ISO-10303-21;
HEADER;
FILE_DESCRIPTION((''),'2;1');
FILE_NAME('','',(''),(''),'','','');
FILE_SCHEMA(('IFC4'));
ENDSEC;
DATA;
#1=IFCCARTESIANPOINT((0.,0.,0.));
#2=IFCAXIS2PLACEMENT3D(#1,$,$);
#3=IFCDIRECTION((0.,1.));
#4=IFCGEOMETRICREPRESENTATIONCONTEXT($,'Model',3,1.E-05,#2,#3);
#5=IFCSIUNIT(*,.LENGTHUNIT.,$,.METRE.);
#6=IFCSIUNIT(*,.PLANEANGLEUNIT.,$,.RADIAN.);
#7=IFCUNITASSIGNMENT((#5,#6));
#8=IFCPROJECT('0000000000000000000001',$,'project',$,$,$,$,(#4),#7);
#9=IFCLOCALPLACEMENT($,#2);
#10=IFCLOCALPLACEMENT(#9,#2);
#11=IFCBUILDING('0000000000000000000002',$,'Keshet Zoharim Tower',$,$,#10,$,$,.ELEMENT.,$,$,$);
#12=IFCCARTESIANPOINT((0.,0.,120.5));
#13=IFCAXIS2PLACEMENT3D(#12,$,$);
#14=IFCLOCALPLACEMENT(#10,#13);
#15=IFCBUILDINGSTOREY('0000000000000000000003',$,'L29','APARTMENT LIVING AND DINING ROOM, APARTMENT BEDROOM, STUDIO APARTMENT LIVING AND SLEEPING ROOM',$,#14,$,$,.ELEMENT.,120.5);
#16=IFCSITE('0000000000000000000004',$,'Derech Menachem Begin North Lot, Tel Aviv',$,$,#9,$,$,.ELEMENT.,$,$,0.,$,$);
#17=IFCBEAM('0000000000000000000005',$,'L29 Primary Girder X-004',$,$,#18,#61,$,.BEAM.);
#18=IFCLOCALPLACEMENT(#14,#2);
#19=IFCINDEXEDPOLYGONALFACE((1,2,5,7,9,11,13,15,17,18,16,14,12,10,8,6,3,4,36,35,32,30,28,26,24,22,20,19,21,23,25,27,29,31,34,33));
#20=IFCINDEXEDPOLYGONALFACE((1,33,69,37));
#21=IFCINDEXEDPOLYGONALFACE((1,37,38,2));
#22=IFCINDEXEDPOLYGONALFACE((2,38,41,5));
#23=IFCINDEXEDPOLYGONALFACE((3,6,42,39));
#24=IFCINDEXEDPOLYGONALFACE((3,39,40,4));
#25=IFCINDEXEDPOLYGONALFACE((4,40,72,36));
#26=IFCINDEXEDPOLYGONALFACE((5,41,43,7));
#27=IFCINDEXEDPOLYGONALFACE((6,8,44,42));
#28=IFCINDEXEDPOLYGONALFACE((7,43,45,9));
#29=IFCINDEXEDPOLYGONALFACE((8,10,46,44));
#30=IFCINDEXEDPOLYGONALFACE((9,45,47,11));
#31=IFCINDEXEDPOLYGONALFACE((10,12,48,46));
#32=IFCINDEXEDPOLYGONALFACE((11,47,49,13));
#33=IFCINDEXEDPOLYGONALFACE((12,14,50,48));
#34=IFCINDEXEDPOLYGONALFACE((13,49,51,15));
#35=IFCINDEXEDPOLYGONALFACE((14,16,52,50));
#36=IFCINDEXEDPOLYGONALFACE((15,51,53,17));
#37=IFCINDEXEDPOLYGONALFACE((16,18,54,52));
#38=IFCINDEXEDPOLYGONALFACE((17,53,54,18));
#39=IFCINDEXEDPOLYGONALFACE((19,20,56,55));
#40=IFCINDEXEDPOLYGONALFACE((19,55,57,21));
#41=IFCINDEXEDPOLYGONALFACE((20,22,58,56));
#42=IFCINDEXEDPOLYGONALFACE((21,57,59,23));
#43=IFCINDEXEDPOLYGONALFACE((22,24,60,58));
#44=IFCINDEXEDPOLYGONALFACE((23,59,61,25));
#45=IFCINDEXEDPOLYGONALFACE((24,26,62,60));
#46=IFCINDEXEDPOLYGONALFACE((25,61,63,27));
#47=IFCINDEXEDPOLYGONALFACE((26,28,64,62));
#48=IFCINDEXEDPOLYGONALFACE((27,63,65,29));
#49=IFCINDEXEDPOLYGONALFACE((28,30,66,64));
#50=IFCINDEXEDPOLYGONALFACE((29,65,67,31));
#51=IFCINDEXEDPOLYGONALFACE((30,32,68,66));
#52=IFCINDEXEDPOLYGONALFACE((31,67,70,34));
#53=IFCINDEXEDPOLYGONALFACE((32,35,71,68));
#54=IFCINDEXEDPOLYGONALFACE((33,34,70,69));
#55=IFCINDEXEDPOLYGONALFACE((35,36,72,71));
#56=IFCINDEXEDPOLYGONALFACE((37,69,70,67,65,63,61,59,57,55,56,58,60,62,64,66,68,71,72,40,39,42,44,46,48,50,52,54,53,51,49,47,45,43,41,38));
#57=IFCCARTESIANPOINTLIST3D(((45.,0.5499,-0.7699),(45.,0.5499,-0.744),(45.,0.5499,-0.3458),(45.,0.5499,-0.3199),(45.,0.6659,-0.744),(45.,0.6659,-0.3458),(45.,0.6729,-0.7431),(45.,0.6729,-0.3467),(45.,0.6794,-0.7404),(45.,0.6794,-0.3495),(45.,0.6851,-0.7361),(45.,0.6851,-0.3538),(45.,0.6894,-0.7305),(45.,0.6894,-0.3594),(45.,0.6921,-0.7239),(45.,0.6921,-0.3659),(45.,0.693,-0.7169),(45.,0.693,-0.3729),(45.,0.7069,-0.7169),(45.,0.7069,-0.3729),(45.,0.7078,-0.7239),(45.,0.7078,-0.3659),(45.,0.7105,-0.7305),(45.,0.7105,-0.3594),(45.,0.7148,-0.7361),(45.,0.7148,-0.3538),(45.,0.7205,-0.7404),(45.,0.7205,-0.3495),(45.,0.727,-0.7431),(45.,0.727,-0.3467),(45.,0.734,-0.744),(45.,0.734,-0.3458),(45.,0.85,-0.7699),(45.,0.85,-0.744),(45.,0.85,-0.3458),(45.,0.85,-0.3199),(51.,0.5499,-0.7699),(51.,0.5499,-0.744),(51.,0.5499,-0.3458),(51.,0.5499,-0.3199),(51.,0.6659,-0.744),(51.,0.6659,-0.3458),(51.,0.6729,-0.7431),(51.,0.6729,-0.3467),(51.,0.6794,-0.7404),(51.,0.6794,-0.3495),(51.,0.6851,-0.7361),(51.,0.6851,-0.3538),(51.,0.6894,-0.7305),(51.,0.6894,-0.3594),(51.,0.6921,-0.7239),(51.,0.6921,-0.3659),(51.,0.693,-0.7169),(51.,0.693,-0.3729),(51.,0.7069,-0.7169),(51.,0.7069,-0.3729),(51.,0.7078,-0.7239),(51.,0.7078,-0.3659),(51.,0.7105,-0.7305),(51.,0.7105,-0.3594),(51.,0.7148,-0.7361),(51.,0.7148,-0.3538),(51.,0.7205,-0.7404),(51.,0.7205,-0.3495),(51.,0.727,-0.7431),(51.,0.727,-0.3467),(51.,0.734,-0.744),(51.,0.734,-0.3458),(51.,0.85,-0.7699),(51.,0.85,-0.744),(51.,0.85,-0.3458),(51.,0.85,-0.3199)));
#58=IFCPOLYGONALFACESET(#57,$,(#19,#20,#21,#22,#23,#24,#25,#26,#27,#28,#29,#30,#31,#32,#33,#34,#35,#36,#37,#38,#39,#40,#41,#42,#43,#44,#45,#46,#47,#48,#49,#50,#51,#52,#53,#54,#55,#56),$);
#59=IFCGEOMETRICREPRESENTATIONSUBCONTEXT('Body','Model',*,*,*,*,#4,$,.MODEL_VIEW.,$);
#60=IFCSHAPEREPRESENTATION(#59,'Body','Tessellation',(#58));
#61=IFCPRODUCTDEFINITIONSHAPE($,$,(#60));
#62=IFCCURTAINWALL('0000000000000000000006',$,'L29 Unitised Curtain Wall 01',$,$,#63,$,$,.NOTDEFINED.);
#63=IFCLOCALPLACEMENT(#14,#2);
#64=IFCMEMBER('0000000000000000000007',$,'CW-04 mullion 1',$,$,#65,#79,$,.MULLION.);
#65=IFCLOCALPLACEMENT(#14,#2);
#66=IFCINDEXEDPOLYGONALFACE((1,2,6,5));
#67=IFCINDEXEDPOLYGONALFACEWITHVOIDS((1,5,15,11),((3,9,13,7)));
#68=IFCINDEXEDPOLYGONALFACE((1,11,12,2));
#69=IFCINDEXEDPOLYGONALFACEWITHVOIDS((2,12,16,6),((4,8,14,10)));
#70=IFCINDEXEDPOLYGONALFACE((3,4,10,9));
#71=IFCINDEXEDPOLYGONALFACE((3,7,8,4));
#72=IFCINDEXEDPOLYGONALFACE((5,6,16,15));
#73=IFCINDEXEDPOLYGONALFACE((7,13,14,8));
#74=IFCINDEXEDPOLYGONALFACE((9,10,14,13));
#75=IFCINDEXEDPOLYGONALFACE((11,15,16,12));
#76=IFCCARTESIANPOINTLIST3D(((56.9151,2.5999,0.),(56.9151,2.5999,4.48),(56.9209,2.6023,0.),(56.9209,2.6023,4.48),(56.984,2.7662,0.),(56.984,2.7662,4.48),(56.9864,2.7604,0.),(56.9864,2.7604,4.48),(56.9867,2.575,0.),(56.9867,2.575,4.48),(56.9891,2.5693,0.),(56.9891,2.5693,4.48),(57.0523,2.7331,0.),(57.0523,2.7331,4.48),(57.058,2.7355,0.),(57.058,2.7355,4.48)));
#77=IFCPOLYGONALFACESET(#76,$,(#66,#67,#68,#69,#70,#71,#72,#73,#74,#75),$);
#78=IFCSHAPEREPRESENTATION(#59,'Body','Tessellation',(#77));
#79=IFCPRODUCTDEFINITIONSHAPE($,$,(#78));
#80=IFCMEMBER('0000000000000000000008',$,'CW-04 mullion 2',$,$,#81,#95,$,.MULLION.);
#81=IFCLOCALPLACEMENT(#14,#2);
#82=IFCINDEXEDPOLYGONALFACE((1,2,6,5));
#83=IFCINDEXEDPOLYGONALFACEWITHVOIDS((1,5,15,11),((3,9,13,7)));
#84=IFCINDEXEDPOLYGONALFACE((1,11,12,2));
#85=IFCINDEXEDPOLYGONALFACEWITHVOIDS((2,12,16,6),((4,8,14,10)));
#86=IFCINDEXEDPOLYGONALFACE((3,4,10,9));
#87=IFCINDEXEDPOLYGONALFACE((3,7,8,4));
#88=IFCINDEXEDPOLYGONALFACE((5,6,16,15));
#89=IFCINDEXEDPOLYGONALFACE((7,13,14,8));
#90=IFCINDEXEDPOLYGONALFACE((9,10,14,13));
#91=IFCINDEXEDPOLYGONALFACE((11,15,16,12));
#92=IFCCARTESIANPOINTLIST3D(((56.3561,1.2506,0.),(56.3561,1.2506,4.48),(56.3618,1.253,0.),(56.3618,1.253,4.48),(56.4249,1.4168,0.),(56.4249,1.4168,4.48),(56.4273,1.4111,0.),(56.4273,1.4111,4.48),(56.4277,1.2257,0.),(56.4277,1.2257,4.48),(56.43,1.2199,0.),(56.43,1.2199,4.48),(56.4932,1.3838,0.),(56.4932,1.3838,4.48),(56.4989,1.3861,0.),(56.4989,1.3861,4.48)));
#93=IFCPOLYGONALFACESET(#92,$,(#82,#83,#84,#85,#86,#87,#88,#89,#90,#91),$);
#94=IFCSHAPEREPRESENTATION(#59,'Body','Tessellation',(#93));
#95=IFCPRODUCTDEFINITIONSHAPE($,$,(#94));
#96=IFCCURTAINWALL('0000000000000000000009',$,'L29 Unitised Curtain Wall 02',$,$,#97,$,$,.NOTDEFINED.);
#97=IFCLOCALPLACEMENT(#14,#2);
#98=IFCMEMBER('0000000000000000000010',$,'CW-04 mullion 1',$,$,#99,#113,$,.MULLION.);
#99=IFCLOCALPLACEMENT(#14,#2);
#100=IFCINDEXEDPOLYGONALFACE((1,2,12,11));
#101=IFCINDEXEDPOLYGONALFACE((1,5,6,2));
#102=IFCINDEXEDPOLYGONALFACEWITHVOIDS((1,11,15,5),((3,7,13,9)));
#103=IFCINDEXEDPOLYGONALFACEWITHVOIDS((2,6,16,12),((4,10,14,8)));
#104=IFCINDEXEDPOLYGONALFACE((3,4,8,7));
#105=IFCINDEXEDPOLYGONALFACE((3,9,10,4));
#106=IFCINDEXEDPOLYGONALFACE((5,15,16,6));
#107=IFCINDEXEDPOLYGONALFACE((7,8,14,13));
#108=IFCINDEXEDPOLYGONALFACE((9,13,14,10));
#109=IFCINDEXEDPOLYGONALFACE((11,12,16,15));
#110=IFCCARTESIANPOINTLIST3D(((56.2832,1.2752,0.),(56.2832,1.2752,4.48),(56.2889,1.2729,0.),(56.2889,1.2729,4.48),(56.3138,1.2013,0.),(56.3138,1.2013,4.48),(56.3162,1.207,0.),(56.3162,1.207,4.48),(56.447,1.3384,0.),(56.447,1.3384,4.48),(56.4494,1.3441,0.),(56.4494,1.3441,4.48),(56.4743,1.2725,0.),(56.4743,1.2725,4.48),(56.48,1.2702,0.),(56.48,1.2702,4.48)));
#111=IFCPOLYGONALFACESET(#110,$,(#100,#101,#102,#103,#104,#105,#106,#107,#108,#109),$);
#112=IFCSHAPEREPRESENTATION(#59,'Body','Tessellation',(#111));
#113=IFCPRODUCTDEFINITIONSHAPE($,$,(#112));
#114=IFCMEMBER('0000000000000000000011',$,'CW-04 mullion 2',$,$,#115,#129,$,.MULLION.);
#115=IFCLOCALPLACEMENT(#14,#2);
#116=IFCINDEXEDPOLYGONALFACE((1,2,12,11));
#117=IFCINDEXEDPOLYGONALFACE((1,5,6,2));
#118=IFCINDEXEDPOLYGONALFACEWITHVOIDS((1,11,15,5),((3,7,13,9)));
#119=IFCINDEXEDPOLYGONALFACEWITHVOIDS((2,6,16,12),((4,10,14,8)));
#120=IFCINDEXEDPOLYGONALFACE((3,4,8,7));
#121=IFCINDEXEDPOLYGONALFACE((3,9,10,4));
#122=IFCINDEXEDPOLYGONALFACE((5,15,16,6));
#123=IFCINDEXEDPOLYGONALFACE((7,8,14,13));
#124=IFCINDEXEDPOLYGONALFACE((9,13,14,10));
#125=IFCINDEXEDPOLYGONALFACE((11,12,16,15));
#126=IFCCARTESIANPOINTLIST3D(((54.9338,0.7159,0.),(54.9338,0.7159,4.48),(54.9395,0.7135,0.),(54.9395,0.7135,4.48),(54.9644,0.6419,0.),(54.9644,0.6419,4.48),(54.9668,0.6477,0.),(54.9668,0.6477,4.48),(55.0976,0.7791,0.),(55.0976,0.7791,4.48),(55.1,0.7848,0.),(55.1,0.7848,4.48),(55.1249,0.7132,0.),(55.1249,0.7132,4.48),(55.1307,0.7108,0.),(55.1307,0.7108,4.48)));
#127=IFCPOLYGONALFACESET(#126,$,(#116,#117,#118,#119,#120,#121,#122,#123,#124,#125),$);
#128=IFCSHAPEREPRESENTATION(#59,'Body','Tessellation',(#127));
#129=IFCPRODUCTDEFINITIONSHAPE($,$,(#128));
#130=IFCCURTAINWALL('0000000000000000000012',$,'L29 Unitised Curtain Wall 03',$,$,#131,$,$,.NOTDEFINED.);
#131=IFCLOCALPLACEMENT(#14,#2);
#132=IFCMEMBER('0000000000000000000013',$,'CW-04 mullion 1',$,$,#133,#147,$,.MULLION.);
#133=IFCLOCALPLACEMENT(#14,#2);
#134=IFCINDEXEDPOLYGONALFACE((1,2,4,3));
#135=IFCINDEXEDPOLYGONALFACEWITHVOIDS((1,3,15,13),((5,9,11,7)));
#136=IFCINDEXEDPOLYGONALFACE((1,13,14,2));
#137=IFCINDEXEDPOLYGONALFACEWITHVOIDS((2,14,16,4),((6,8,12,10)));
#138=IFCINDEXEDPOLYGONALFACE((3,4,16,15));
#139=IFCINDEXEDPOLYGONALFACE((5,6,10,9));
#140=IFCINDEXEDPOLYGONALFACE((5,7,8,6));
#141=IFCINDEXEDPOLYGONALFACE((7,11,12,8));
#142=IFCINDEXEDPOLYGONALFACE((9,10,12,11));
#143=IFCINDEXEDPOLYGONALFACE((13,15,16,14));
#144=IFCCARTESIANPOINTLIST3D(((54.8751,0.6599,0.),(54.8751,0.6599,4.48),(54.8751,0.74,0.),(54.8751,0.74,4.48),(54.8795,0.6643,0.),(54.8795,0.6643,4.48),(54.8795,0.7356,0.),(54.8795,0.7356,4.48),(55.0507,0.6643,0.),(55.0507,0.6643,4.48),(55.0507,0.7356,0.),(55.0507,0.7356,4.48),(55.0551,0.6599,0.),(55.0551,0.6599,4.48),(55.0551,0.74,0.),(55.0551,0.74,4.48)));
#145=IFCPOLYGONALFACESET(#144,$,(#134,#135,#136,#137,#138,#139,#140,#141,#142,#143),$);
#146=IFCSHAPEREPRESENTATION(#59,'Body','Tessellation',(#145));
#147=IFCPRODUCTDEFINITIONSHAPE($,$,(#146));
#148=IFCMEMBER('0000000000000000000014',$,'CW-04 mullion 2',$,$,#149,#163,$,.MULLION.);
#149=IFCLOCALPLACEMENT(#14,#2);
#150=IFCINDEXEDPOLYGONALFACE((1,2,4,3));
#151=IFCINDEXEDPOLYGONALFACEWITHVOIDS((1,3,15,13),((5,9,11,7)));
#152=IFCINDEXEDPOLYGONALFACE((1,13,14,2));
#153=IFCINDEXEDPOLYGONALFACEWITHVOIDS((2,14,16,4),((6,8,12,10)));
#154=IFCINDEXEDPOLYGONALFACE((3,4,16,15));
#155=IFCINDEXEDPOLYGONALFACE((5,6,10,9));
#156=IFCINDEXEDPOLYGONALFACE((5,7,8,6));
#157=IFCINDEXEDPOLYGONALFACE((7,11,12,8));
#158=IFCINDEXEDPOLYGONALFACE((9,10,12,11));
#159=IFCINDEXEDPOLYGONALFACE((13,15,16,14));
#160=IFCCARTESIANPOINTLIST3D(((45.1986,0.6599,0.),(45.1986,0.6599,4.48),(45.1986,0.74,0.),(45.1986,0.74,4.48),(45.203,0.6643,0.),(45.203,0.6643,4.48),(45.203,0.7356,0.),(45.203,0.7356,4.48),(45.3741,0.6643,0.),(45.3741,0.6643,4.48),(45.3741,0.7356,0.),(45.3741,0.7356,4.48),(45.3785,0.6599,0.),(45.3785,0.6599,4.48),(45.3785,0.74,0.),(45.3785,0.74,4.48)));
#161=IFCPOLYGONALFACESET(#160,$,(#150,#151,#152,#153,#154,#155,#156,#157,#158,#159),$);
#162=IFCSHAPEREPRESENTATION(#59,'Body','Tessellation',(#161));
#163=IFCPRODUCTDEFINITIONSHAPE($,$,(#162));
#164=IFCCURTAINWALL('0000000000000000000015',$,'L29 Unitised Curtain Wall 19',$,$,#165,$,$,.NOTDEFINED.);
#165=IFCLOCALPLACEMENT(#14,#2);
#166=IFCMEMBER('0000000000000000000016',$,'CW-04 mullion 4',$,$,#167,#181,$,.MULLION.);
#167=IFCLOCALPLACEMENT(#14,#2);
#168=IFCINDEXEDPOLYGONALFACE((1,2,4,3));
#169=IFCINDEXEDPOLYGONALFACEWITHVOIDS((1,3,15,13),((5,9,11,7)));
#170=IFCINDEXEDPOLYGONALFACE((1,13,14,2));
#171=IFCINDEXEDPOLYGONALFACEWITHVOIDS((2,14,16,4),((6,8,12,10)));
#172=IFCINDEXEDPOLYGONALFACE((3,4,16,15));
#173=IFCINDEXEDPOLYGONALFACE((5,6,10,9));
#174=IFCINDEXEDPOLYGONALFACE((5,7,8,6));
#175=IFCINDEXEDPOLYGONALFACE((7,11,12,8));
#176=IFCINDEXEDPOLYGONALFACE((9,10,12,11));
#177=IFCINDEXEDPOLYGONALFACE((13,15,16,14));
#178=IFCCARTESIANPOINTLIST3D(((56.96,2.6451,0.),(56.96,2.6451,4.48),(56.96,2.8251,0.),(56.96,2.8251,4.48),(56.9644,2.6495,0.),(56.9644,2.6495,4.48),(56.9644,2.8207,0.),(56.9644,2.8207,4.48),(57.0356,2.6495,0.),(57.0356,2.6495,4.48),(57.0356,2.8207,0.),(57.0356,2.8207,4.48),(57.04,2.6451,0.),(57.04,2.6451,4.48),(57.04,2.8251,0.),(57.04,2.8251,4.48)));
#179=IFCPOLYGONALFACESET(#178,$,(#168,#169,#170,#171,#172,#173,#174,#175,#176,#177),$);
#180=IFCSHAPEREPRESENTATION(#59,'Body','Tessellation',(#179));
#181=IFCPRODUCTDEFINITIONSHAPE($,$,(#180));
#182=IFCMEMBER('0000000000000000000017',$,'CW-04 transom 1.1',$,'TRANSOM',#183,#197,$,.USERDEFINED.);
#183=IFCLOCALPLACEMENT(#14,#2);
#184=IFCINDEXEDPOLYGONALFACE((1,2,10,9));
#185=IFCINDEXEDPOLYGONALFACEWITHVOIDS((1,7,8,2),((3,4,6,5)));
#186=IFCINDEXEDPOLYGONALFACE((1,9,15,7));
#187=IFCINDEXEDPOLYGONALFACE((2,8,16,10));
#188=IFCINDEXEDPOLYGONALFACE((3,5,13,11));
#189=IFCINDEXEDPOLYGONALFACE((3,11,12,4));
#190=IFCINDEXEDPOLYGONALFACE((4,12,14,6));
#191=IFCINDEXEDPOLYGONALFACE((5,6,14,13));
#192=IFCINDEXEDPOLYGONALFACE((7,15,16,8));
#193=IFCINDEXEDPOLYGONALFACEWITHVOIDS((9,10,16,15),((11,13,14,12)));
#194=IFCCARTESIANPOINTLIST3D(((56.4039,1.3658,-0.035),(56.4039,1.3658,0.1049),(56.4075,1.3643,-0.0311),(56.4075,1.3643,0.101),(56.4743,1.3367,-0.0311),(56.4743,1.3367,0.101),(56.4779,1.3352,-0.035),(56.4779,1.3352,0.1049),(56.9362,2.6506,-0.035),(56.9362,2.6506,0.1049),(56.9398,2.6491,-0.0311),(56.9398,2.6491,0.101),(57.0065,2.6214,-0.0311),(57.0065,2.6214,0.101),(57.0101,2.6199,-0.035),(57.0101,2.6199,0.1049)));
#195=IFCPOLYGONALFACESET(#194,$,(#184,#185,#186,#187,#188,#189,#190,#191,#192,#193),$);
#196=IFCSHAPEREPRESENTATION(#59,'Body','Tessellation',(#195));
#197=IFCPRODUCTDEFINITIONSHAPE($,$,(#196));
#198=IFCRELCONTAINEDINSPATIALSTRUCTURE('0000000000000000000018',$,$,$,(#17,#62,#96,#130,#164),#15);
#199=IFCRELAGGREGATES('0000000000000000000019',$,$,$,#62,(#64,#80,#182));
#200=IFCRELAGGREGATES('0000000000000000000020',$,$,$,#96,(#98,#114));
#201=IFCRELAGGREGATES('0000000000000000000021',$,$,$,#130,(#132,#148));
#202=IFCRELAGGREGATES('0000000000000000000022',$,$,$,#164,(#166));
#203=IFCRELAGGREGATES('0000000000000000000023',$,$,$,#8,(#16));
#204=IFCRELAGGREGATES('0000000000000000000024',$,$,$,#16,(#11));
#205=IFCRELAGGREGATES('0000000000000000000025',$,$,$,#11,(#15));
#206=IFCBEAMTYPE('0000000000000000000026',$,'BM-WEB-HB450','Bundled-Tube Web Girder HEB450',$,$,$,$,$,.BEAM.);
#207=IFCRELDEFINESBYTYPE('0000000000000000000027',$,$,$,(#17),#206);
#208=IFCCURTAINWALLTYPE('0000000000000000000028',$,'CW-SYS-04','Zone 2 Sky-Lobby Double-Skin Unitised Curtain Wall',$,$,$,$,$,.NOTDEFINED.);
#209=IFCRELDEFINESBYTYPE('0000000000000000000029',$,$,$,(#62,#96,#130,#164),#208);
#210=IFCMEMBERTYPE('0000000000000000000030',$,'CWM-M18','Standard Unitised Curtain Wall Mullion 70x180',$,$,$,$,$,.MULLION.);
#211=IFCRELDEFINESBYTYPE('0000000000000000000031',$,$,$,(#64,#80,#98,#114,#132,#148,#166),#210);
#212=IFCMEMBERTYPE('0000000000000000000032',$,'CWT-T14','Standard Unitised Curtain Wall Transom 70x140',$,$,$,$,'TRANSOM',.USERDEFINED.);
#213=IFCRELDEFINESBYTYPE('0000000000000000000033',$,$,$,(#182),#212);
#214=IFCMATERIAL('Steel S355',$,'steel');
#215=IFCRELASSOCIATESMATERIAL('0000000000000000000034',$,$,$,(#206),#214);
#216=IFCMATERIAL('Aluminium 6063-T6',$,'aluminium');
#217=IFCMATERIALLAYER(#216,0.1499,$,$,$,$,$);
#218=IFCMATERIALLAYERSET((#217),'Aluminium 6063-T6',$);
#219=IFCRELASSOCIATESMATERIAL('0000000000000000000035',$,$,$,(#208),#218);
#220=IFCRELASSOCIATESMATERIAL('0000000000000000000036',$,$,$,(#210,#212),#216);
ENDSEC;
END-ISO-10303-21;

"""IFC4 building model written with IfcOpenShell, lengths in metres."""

from ifc_helpers import new_model, si_unit, direction, frame, origin, origin_2d, place, context, subcontext, project, spatial, hollow_rectangle, i_section, extrude, material, layer, layer_set, material_profile, profile_set, type_object, element, aggregate, save


model = new_model("IFC4")

# Units and contexts
model_context = context("Model", 3, precision=1e-05, world=origin(), true_north=direction((0.0, 1.0)))
body_context = subcontext(model_context, "Body", "Model", "MODEL_VIEW")
ifc_project = project(units=[si_unit("LENGTHUNIT", "METRE"), si_unit("PLANEANGLEUNIT", "RADIAN")], contexts=[model_context])

# Site, building, storey
site_placement = place(None, origin())
site = spatial("IfcSite", under=ifc_project, at=site_placement, Name="Derech Menachem Begin North Lot, Tel Aviv", CompositionType="ELEMENT", RefElevation=0.0)
building_placement = place(site_placement, origin())
building = spatial("IfcBuilding", under=site, at=building_placement, Name="Keshet Zoharim Tower", CompositionType="ELEMENT")
storey_placement = place(building_placement, frame((0.0, 0.0, 120.5)))
storey = spatial("IfcBuildingStorey", under=building, at=storey_placement, Name="L29", Description="APARTMENT LIVING AND DINING ROOM, APARTMENT BEDROOM, STUDIO APARTMENT LIVING AND SLEEPING ROOM", CompositionType="ELEMENT", Elevation=120.5)

# Shared definitions
ifc_material_1 = material(Name="Steel S355", Category="steel")

# Beam
ifc_material_profile_1 = material_profile(ifc_material_1, i_section(OverallWidth=0.3, OverallDepth=0.45, WebThickness=0.0139, FlangeThickness=0.0259, FilletRadius=0.0271, at=origin_2d()), Name="HEB450")
ifc_profile_set_1 = profile_set([ifc_material_profile_1], Name="Steel S355")
beam_type_1 = type_object("IfcBeamType", Name="BM-WEB-HB450", Description="Bundled-Tube Web Girder HEB450", PredefinedType="BEAM", material=ifc_profile_set_1)
beam_1_placement = place(storey_placement, frame((45.0, 0.7, -0.5449), z_axis=(1.0, 0.0, 0.0), x_axis=(0.0, 1.0, 0.0)))
element("IfcBeam", 1, at=beam_1_placement, inside=storey, type_object=beam_type_1, Name="L29 Primary Girder X-004", PredefinedType="BEAM", context=body_context, shape_type="SweptSolid", body=[
    extrude(i_section(OverallWidth=0.3, OverallDepth=0.45, WebThickness=0.0139, FlangeThickness=0.0259, FilletRadius=0.0271, at=origin_2d()), origin(), (0.0, 0.0, 1.0), 6.0),
])

# Curtain walls, members
ifc_material_2 = material(Name="Aluminium 6063-T6", Category="aluminium")
ifc_layer_1 = layer(ifc_material_2, 0.1499)
ifc_layer_set_1 = layer_set([ifc_layer_1], Name="Aluminium 6063-T6")
curtain_wall_type = type_object("IfcCurtainWallType", Name="CW-SYS-04", Description="Zone 2 Sky-Lobby Double-Skin Unitised Curtain Wall", PredefinedType="NOTDEFINED", material=ifc_layer_set_1)
curtain_wall_1_placement = place(storey_placement, origin())
curtain_wall_1 = element("IfcCurtainWall", 2, at=curtain_wall_1_placement, inside=storey, type_object=curtain_wall_type, Name="L29 Unitised Curtain Wall 01", PredefinedType="NOTDEFINED")
ifc_material_profile_2 = material_profile(ifc_material_2, hollow_rectangle(XDim=0.0801, YDim=0.1799, WallThickness=0.0044, at=origin_2d()), Name="MUL-80x180")
ifc_profile_set_2 = profile_set([ifc_material_profile_2], Name="Aluminium 6063-T6")
member_type_1 = type_object("IfcMemberType", Name="CWM-M18", Description="Standard Unitised Curtain Wall Mullion 70x180", PredefinedType="MULLION", material=ifc_profile_set_2)
member_1_placement = place(storey_placement, frame((56.9866, 2.6677, 0.0), z_axis=(0.0, 0.0, 1.0), x_axis=(0.92381, -0.382852, 0.0)))
member_1 = element("IfcMember", 3, at=member_1_placement, type_object=member_type_1, Name="CW-04 mullion 1", PredefinedType="MULLION", context=body_context, shape_type="SweptSolid", body=[
    extrude(hollow_rectangle(XDim=0.0801, YDim=0.1799, WallThickness=0.0044, at=origin_2d()), origin(), (0.0, 0.0, 1.0), 4.48),
])
member_2_placement = place(storey_placement, frame((56.4275, 1.3184, 0.0), z_axis=(0.0, 0.0, 1.0), x_axis=(0.92381, -0.382852, 0.0)))
member_2 = element("IfcMember", 4, at=member_2_placement, type_object=member_type_1, Name="CW-04 mullion 2", PredefinedType="MULLION", context=body_context, shape_type="SweptSolid", body=[
    extrude(hollow_rectangle(XDim=0.0801, YDim=0.1799, WallThickness=0.0044, at=origin_2d()), origin(), (0.0, 0.0, 1.0), 4.48),
])
curtain_wall_2_placement = place(storey_placement, origin())
curtain_wall_2 = element("IfcCurtainWall", 5, at=curtain_wall_2_placement, inside=storey, type_object=curtain_wall_type, Name="L29 Unitised Curtain Wall 02", PredefinedType="NOTDEFINED")
member_3_placement = place(storey_placement, frame((56.3816, 1.2727, 0.0), z_axis=(0.0, 0.0, 1.0), x_axis=(0.382852, -0.92381, 0.0)))
member_3 = element("IfcMember", 6, at=member_3_placement, type_object=member_type_1, Name="CW-04 mullion 1", PredefinedType="MULLION", context=body_context, shape_type="SweptSolid", body=[
    extrude(hollow_rectangle(XDim=0.0801, YDim=0.1799, WallThickness=0.0044, at=origin_2d()), origin(), (0.0, 0.0, 1.0), 4.48),
])
member_4_placement = place(storey_placement, frame((55.0322, 0.7134, 0.0), z_axis=(0.0, 0.0, 1.0), x_axis=(0.382852, -0.92381, 0.0)))
member_4 = element("IfcMember", 7, at=member_4_placement, type_object=member_type_1, Name="CW-04 mullion 2", PredefinedType="MULLION", context=body_context, shape_type="SweptSolid", body=[
    extrude(hollow_rectangle(XDim=0.0801, YDim=0.1799, WallThickness=0.0044, at=origin_2d()), origin(), (0.0, 0.0, 1.0), 4.48),
])
curtain_wall_3_placement = place(storey_placement, origin())
curtain_wall_3 = element("IfcCurtainWall", 8, at=curtain_wall_3_placement, inside=storey, type_object=curtain_wall_type, Name="L29 Unitised Curtain Wall 03", PredefinedType="NOTDEFINED")
member_5_placement = place(storey_placement, frame((54.9651, 0.7, 0.0), z_axis=(0.0, 0.0, 1.0), x_axis=(0.0, -1.0, 0.0)))
member_5 = element("IfcMember", 9, at=member_5_placement, type_object=member_type_1, Name="CW-04 mullion 1", PredefinedType="MULLION", context=body_context, shape_type="SweptSolid", body=[
    extrude(hollow_rectangle(XDim=0.0801, YDim=0.1799, WallThickness=0.0044, at=origin_2d()), origin(), (0.0, 0.0, 1.0), 4.48),
])
member_6_placement = place(storey_placement, frame((45.2886, 0.7, 0.0), z_axis=(0.0, 0.0, 1.0), x_axis=(0.0, -1.0, 0.0)))
member_6 = element("IfcMember", 10, at=member_6_placement, type_object=member_type_1, Name="CW-04 mullion 2", PredefinedType="MULLION", context=body_context, shape_type="SweptSolid", body=[
    extrude(hollow_rectangle(XDim=0.0801, YDim=0.1799, WallThickness=0.0044, at=origin_2d()), origin(), (0.0, 0.0, 1.0), 4.48),
])

# Curtain wall, member
curtain_wall_4_placement = place(storey_placement, origin())
curtain_wall_4 = element("IfcCurtainWall", 11, at=curtain_wall_4_placement, inside=storey, type_object=curtain_wall_type, Name="L29 Unitised Curtain Wall 19", PredefinedType="NOTDEFINED")
member_7_placement = place(storey_placement, frame((57.0, 2.7351, 0.0), z_axis=(0.0, 0.0, 1.0), x_axis=(1.0, 0.0, 0.0)))
member_7 = element("IfcMember", 12, at=member_7_placement, type_object=member_type_1, Name="CW-04 mullion 4", PredefinedType="MULLION", context=body_context, shape_type="SweptSolid", body=[
    extrude(hollow_rectangle(XDim=0.0801, YDim=0.1799, WallThickness=0.0044, at=origin_2d()), origin(), (0.0, 0.0, 1.0), 4.48),
])

# Member
ifc_material_profile_3 = material_profile(ifc_material_2, hollow_rectangle(XDim=0.0801, YDim=0.1399, WallThickness=0.0039, at=origin_2d()), Name="TRN-80x140")
ifc_profile_set_3 = profile_set([ifc_material_profile_3], Name="Aluminium 6063-T6")
member_type_2 = type_object("IfcMemberType", Name="CWT-T14", Description="Standard Unitised Curtain Wall Transom 70x140", ElementType="TRANSOM", PredefinedType="USERDEFINED", material=ifc_profile_set_3)
member_8_placement = place(storey_placement, frame((56.9731, 2.6353, 0.0349), z_axis=(-0.382745, -0.923854, 0.0), x_axis=(0.923854, -0.382745, 0.0)))
member_8 = element("IfcMember", 13, at=member_8_placement, type_object=member_type_2, Name="CW-04 transom 1.1", ObjectType="TRANSOM", PredefinedType="USERDEFINED", context=body_context, shape_type="SweptSolid", body=[
    extrude(hollow_rectangle(XDim=0.0801, YDim=0.1399, WallThickness=0.0039, at=origin_2d()), origin(), (0.0, 0.0, 1.0), 1.3906),
])

aggregate(curtain_wall_1, [member_1, member_2, member_8])
aggregate(curtain_wall_2, [member_3, member_4])
aggregate(curtain_wall_3, [member_5, member_6])
aggregate(curtain_wall_4, [member_7])

save(model, "model.ifc")
